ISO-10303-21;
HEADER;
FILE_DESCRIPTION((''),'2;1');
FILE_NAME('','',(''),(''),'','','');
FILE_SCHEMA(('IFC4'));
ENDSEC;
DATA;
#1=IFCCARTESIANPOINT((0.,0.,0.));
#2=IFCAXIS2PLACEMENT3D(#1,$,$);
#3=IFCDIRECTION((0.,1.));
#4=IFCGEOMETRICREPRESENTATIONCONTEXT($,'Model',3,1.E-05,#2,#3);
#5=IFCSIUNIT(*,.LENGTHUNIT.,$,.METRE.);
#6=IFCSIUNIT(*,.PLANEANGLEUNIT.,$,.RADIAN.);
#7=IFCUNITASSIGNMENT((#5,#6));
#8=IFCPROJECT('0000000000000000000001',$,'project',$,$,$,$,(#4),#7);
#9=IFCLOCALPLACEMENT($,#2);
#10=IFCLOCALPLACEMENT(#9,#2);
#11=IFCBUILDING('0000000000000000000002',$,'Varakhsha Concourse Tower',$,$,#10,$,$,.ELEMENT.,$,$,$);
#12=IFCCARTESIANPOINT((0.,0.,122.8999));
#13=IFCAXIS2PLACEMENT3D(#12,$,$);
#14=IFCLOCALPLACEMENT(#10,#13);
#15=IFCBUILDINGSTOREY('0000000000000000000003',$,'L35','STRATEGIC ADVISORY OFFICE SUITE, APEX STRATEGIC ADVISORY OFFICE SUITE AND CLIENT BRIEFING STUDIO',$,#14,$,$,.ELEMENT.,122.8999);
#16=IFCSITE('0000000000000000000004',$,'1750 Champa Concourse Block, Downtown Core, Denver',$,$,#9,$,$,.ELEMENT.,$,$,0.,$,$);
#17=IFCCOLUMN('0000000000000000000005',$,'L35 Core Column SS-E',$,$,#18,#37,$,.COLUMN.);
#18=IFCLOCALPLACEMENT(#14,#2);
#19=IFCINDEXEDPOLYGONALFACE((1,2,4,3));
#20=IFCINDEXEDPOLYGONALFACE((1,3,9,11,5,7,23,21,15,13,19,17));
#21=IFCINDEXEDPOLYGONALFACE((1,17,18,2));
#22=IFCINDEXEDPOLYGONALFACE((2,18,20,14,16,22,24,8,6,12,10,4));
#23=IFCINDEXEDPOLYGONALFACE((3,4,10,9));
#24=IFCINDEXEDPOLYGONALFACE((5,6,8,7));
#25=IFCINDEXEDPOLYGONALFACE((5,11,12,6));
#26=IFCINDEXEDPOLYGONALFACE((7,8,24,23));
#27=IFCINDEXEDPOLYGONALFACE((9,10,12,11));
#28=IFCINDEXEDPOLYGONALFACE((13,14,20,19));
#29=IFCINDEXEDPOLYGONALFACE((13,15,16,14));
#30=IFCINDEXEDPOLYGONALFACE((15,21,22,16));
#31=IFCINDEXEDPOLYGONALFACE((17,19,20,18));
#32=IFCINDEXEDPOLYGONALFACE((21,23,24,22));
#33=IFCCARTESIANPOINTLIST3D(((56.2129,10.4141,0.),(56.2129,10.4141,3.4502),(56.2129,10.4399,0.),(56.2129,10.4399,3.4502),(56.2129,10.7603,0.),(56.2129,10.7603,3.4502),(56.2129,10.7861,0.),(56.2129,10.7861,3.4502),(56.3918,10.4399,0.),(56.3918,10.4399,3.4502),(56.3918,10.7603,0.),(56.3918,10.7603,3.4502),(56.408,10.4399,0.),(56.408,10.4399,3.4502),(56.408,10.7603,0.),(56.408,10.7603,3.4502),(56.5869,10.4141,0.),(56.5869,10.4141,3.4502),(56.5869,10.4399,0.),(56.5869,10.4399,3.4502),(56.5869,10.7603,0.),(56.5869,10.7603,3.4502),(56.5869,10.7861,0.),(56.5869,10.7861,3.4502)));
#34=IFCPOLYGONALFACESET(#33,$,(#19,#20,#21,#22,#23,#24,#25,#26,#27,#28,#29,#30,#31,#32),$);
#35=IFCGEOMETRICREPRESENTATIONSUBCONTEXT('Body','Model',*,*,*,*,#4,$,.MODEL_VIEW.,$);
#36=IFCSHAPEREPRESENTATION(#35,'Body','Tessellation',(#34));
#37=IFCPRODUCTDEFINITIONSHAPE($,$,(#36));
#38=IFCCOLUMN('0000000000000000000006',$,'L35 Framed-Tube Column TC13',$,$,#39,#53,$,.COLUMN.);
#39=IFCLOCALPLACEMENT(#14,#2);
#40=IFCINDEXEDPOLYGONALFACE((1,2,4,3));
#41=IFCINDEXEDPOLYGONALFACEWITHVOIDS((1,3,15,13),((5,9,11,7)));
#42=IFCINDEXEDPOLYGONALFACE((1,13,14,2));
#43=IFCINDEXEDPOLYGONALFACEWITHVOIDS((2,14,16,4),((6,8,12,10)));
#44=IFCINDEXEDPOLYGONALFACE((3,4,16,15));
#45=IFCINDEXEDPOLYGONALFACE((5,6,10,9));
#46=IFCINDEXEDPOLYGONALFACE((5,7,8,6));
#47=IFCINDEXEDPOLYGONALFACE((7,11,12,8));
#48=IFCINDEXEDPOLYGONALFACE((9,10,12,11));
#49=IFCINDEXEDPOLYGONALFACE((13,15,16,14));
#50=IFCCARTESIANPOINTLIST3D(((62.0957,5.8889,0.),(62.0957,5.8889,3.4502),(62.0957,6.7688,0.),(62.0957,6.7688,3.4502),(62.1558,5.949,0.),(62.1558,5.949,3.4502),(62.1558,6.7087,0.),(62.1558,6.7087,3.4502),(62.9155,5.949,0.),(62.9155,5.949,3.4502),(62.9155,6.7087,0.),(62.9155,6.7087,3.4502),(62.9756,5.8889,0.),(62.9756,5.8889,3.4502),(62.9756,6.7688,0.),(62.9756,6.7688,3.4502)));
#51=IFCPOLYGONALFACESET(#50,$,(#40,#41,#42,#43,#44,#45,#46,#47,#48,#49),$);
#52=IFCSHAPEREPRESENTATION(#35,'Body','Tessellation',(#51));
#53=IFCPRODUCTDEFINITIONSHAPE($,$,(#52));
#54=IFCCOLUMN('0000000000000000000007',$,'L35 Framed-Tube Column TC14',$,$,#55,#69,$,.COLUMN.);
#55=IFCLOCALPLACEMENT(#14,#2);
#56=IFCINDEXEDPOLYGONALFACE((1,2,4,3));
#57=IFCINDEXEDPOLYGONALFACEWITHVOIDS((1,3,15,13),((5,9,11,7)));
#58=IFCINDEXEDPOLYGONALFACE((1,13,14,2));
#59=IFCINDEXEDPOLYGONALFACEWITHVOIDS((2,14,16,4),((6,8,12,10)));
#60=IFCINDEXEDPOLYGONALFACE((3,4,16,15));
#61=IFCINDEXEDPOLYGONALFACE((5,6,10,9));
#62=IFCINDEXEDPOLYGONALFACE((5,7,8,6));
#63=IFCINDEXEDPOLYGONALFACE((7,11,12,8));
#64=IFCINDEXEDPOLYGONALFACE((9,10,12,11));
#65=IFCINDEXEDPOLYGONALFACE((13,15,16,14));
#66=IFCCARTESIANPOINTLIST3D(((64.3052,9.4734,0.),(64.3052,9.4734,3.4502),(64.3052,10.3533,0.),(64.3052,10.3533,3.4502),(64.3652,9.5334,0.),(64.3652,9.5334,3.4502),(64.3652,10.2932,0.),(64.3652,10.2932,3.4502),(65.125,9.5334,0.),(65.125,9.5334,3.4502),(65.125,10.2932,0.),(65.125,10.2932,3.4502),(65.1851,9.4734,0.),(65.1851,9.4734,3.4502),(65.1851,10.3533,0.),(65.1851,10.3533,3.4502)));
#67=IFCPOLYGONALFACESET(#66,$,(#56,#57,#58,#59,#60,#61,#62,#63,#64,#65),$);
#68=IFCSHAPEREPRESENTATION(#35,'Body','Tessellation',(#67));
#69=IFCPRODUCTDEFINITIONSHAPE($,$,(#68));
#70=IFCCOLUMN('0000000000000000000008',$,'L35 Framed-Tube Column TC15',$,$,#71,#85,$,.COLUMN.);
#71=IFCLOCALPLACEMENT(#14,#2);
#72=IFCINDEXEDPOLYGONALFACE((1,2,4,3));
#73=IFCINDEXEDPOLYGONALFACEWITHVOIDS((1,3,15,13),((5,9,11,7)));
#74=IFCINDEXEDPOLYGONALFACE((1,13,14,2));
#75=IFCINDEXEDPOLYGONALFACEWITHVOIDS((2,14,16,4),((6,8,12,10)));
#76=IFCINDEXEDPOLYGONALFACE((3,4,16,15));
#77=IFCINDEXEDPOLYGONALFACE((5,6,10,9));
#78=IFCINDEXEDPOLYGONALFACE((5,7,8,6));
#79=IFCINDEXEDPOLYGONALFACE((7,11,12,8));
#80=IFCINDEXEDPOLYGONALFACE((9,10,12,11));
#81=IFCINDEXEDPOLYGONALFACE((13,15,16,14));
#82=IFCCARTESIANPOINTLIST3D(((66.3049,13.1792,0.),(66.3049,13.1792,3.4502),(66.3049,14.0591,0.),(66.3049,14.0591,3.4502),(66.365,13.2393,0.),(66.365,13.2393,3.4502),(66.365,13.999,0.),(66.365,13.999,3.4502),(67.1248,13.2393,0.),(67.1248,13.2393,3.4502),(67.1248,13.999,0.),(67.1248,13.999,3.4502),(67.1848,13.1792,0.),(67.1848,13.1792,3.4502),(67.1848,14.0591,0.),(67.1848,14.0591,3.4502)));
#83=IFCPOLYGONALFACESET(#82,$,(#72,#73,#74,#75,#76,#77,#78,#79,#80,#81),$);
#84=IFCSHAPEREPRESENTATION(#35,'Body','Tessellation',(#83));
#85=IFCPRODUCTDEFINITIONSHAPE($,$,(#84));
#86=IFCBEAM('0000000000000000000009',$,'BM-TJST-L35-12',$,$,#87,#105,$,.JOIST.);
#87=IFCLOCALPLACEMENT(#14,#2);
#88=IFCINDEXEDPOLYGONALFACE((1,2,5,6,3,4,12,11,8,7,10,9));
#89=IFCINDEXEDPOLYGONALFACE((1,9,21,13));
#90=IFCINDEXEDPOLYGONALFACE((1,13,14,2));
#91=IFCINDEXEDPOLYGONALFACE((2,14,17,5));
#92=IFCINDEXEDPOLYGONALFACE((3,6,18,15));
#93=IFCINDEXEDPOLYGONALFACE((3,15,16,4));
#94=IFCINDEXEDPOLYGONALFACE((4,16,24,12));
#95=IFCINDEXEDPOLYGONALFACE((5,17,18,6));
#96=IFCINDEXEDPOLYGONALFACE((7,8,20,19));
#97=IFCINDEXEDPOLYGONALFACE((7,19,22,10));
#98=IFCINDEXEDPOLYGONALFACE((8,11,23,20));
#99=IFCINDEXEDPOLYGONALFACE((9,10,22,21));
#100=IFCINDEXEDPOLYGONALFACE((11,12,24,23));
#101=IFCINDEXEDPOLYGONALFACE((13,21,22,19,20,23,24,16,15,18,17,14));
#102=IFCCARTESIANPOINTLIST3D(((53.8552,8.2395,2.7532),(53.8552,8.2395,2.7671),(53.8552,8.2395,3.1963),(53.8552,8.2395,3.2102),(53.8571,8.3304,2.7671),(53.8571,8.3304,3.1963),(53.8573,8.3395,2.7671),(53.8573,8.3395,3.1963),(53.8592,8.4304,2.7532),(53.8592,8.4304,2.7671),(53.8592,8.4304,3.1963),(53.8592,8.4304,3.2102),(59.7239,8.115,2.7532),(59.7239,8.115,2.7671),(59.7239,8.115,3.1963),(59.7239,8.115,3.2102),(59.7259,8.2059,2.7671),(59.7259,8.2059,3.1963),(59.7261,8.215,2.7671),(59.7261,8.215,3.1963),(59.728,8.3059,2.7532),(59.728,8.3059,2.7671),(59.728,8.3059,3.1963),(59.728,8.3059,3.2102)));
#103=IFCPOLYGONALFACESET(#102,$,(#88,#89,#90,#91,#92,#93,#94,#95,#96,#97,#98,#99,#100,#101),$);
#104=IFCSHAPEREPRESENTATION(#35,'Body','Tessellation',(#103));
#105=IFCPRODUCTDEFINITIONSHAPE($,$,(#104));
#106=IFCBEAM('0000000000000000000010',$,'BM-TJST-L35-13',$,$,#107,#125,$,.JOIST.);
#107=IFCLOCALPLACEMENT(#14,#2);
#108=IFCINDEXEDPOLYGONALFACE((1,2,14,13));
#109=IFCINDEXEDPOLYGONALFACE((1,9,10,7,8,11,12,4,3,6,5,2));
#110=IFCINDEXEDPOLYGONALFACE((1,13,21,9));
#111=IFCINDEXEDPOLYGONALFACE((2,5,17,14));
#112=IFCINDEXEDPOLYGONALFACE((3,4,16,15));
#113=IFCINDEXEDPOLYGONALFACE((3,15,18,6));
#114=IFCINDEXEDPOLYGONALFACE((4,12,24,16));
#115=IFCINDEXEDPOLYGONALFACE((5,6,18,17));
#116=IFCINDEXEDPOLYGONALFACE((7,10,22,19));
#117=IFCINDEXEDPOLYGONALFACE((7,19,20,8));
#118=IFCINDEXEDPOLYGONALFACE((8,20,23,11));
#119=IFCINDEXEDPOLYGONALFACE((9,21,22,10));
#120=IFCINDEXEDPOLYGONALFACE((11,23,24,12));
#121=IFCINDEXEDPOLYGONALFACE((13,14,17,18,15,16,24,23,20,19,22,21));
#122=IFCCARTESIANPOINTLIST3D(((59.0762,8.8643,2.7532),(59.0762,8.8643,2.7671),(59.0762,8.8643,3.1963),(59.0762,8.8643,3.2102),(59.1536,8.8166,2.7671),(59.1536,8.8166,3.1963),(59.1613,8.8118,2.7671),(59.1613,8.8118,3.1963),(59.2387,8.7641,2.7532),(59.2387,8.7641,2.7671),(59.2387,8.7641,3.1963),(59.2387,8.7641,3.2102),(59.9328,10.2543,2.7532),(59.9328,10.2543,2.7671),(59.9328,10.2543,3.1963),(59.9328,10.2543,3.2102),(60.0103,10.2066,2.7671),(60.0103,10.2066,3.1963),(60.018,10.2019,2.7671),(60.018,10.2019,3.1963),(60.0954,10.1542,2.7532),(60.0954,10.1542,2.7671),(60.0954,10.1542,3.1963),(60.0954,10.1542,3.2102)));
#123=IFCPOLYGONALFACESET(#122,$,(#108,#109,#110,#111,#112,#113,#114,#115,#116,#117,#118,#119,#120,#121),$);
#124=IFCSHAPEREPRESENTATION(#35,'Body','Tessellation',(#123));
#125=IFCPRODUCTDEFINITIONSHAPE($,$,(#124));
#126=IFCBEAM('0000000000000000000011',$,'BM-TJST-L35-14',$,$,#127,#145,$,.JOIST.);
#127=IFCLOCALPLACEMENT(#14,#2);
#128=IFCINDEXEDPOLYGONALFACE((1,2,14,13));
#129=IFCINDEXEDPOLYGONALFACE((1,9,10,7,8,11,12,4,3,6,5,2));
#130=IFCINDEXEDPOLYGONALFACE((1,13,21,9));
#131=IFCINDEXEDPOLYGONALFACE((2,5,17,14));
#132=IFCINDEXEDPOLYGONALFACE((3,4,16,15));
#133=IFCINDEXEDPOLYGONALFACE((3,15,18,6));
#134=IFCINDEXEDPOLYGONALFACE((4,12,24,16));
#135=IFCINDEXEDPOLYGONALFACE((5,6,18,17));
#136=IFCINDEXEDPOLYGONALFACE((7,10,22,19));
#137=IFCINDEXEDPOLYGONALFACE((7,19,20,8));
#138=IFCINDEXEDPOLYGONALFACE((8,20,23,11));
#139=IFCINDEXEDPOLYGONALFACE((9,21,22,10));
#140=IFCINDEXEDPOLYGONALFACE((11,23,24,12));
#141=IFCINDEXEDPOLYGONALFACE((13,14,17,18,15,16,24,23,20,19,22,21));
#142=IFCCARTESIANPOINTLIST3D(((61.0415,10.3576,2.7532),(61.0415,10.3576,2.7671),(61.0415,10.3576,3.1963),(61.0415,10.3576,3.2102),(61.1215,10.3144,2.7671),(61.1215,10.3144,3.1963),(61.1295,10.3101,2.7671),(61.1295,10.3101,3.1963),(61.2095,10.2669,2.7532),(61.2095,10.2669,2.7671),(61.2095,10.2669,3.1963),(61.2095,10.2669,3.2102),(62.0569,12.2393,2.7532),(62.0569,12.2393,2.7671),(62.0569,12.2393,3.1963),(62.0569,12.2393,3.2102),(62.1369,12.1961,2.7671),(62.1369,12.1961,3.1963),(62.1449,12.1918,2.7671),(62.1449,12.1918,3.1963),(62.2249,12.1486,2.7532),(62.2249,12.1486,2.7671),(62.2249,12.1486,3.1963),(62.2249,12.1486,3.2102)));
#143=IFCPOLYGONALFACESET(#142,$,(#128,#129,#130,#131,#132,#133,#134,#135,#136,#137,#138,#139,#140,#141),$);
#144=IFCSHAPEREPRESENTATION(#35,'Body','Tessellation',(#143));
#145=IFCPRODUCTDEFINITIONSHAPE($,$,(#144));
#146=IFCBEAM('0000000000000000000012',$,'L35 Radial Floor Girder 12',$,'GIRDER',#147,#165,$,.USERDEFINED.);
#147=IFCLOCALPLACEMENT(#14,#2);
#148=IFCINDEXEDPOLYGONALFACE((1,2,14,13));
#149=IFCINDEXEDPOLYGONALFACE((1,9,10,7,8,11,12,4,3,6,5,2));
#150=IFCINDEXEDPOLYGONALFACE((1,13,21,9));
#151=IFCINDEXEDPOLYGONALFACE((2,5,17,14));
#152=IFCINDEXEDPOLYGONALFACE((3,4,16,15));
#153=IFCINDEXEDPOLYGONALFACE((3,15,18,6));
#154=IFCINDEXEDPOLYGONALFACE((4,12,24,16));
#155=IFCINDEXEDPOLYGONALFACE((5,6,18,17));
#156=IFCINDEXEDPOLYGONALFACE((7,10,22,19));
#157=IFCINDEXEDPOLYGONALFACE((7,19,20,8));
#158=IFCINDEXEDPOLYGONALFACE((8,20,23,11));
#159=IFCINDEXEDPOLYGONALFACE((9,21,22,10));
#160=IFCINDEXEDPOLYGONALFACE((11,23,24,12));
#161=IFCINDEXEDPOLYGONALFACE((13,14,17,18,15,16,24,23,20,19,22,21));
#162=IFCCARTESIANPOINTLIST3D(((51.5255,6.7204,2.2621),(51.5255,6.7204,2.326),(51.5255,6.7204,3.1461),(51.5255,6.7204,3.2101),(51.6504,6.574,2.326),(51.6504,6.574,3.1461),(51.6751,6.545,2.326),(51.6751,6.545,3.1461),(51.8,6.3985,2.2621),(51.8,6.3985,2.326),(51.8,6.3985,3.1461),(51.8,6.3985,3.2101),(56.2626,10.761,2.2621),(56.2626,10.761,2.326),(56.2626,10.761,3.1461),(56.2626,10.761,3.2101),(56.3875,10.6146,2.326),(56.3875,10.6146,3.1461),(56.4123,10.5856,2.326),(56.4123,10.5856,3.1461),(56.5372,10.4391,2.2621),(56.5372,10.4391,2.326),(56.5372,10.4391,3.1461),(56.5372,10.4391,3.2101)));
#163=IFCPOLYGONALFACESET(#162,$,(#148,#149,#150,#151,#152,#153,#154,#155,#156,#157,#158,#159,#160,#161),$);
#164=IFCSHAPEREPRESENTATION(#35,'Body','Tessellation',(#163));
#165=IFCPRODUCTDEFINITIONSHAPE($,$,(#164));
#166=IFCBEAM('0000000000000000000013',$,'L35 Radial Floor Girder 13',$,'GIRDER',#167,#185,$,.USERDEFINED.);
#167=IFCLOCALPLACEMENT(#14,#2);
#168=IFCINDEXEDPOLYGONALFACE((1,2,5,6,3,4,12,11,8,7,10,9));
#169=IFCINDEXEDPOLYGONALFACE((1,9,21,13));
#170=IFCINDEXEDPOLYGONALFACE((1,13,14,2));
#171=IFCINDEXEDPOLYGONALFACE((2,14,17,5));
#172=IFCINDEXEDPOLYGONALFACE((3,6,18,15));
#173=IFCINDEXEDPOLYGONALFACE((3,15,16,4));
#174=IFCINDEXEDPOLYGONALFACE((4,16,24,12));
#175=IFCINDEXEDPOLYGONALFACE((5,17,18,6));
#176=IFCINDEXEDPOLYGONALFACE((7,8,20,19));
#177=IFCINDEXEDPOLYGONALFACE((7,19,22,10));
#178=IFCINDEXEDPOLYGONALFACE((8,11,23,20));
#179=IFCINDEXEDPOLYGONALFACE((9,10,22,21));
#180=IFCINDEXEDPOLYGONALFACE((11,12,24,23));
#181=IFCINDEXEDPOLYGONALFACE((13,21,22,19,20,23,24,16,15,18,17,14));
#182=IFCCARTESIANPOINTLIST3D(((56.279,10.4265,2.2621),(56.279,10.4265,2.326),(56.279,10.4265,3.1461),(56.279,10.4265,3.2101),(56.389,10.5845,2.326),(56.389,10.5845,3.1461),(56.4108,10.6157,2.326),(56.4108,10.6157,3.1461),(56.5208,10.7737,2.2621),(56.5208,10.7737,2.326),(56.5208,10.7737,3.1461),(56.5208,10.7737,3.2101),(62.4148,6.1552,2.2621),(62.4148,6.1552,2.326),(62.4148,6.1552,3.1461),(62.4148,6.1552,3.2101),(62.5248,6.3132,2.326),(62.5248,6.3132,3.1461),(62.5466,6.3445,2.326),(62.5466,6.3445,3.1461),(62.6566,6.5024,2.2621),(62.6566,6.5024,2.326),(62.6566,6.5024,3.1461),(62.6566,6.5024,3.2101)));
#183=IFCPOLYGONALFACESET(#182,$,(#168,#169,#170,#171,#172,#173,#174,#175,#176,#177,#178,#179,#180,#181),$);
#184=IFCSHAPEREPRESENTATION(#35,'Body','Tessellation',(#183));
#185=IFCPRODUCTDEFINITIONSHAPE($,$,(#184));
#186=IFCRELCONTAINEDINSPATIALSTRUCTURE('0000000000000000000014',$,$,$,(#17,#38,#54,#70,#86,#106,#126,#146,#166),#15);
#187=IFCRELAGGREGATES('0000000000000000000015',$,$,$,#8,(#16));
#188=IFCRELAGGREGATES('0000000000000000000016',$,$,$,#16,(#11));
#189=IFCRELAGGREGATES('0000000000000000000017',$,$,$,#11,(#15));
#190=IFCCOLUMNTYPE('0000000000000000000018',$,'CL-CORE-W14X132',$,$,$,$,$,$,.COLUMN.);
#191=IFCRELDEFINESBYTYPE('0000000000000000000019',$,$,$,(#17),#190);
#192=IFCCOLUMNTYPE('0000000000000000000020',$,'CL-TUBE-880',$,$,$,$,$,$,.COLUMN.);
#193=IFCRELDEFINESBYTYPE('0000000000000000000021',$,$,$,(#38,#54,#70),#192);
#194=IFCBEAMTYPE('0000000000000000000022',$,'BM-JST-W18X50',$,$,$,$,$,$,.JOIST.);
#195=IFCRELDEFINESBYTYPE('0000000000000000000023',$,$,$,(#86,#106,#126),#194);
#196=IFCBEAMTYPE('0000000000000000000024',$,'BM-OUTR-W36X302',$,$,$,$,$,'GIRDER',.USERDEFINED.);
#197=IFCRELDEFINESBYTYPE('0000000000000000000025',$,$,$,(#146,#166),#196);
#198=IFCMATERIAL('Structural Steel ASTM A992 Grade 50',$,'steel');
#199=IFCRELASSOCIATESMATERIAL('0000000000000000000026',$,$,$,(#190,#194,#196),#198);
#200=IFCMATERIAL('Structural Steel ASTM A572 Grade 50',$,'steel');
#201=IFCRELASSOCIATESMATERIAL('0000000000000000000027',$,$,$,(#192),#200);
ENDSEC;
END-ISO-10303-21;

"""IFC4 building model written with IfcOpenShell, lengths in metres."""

from ifc_helpers import new_model, si_unit, direction, frame, origin, origin_2d, place, context, subcontext, project, spatial, hollow_rectangle, i_section, extrude, material, material_profile, profile_set, type_object, element, save


model = new_model("IFC4")

# Units and contexts
model_context = context("Model", 3, precision=1e-05, world=origin(), true_north=direction((0.0, 1.0)))
body_context = subcontext(model_context, "Body", "Model", "MODEL_VIEW")
ifc_project = project(units=[si_unit("LENGTHUNIT", "METRE"), si_unit("PLANEANGLEUNIT", "RADIAN")], contexts=[model_context])

# Site, building, storey
site_placement = place(None, origin())
site = spatial("IfcSite", under=ifc_project, at=site_placement, Name="1750 Champa Concourse Block, Downtown Core, Denver", CompositionType="ELEMENT", RefElevation=0.0)
building_placement = place(site_placement, origin())
building = spatial("IfcBuilding", under=site, at=building_placement, Name="Varakhsha Concourse Tower", CompositionType="ELEMENT")
storey_placement = place(building_placement, frame((0.0, 0.0, 122.8999)))
storey = spatial("IfcBuildingStorey", under=building, at=storey_placement, Name="L35", Description="STRATEGIC ADVISORY OFFICE SUITE, APEX STRATEGIC ADVISORY OFFICE SUITE AND CLIENT BRIEFING STUDIO", CompositionType="ELEMENT", Elevation=122.8999)

# Columns
ifc_material_1 = material(Name="Structural Steel ASTM A992 Grade 50", Category="steel")
ifc_material_profile_1 = material_profile(ifc_material_1, i_section(OverallWidth=0.374, OverallDepth=0.3721, WebThickness=0.0161, FlangeThickness=0.0259, at=origin_2d()), Name="W14X132")
ifc_profile_set_1 = profile_set([ifc_material_profile_1], Name="Structural Steel ASTM A992 Grade 50")
column_type_1 = type_object("IfcColumnType", Name="CL-CORE-W14X132", PredefinedType="COLUMN", material=ifc_profile_set_1)
column_placement = place(storey_placement, frame((56.3999, 10.6001, 0.0), z_axis=(0.0, 0.0, 1.0), x_axis=(1.0, 0.0, 0.0)))
element("IfcColumn", 1, at=column_placement, inside=storey, type_object=column_type_1, Name="L35 Core Column SS-E", PredefinedType="COLUMN", context=body_context, shape_type="SweptSolid", body=[
    extrude(i_section(OverallWidth=0.374, OverallDepth=0.3721, WebThickness=0.0161, FlangeThickness=0.0259, at=origin_2d()), origin(), (0.0, 0.0, 1.0), 3.4502),
])
ifc_material_2 = material(Name="Structural Steel ASTM A572 Grade 50", Category="steel")
ifc_material_profile_2 = material_profile(ifc_material_2, hollow_rectangle(XDim=0.8799, YDim=0.8799, WallThickness=0.0601, at=origin_2d()), Name="BOX 880x880x60")
ifc_profile_set_2 = profile_set([ifc_material_profile_2], Name="Structural Steel ASTM A572 Grade 50")
column_type_2 = type_object("IfcColumnType", Name="CL-TUBE-880", PredefinedType="COLUMN", material=ifc_profile_set_2)
for number, where, z_axis, x_axis, name in (
    (2, (62.5356, 6.3289, 0.0), (0.0, 0.0, 1.0), (1.0, 0.0, 0.0), "L35 Framed-Tube Column TC13"),
    (3, (64.7451, 9.9133, 0.0), (0.0, 0.0, 1.0), (1.0, 0.0, 0.0), "L35 Framed-Tube Column TC14"),
    (4, (66.7449, 13.6191, 0.0), (0.0, 0.0, 1.0), (1.0, 0.0, 0.0), "L35 Framed-Tube Column TC15"),
):
    element("IfcColumn", number, at=place(storey_placement, frame(where, z_axis=z_axis, x_axis=x_axis)), inside=storey, type_object=column_type_2, Name=name, PredefinedType="COLUMN", context=body_context, shape_type="SweptSolid", body=[
        extrude(hollow_rectangle(XDim=0.8799, YDim=0.8799, WallThickness=0.0601, at=origin_2d()), origin(), (0.0, 0.0, 1.0), 3.4502),
    ])

# Beams
ifc_material_profile_3 = material_profile(ifc_material_1, i_section(OverallWidth=0.1909, OverallDepth=0.457, WebThickness=0.009, FlangeThickness=0.0139, at=origin_2d()), Name="W18X50")
ifc_profile_set_3 = profile_set([ifc_material_profile_3], Name="Structural Steel ASTM A992 Grade 50")
beam_type_1 = type_object("IfcBeamType", Name="BM-JST-W18X50", PredefinedType="JOIST", material=ifc_profile_set_3)
beam_1_placement = place(storey_placement, frame((53.8572, 8.335, 2.9817), z_axis=(0.999775, -0.021211, 0.0), x_axis=(0.021211, 0.999775, 0.0)))
element("IfcBeam", 5, at=beam_1_placement, inside=storey, type_object=beam_type_1, Name="BM-TJST-L35-12", PredefinedType="JOIST", context=body_context, shape_type="SweptSolid", body=[
    extrude(i_section(OverallWidth=0.1909, OverallDepth=0.457, WebThickness=0.009, FlangeThickness=0.0139, at=origin_2d()), origin(), (0.0, 0.0, 1.0), 5.8701),
])
beam_2_placement = place(storey_placement, frame((59.1575, 8.8142, 2.9817), z_axis=(0.52464, 0.851324, 0.0), x_axis=(-0.851324, 0.52464, 0.0)))
element("IfcBeam", 6, at=beam_2_placement, inside=storey, type_object=beam_type_1, Name="BM-TJST-L35-13", PredefinedType="JOIST", context=body_context, shape_type="SweptSolid", body=[
    extrude(i_section(OverallWidth=0.1909, OverallDepth=0.457, WebThickness=0.009, FlangeThickness=0.0139, at=origin_2d()), origin(), (0.0, 0.0, 1.0), 1.6328),
])
beam_3_placement = place(storey_placement, frame((61.1255, 10.3123, 2.9817), z_axis=(0.474903, 0.880038, 0.0), x_axis=(-0.880038, 0.474903, 0.0)))
element("IfcBeam", 7, at=beam_3_placement, inside=storey, type_object=beam_type_1, Name="BM-TJST-L35-14", PredefinedType="JOIST", context=body_context, shape_type="SweptSolid", body=[
    extrude(i_section(OverallWidth=0.1909, OverallDepth=0.457, WebThickness=0.009, FlangeThickness=0.0139, at=origin_2d()), origin(), (0.0, 0.0, 1.0), 2.1382),
])
ifc_material_profile_4 = material_profile(ifc_material_1, i_section(OverallWidth=0.4231, OverallDepth=0.948, WebThickness=0.0381, FlangeThickness=0.064, at=origin_2d()), Name="W36X302")
ifc_profile_set_4 = profile_set([ifc_material_profile_4], Name="Structural Steel ASTM A992 Grade 50")
beam_type_2 = type_object("IfcBeamType", Name="BM-OUTR-W36X302", ElementType="GIRDER", PredefinedType="USERDEFINED", material=ifc_profile_set_4)
beam_4_placement = place(storey_placement, frame((56.3999, 10.6001, 2.7361), z_axis=(-0.760827, -0.648955, 0.0), x_axis=(0.648955, -0.760827, 0.0)))
element("IfcBeam", 8, at=beam_4_placement, inside=storey, type_object=beam_type_2, Name="L35 Radial Floor Girder 12", ObjectType="GIRDER", PredefinedType="USERDEFINED", context=body_context, shape_type="SweptSolid", body=[
    extrude(i_section(OverallWidth=0.4231, OverallDepth=0.948, WebThickness=0.0381, FlangeThickness=0.064, at=origin_2d()), origin(), (0.0, 0.0, 1.0), 6.2263),
])
beam_5_placement = place(storey_placement, frame((56.3999, 10.6001, 2.7361), z_axis=(0.820723, -0.571326, 0.0), x_axis=(0.571326, 0.820723, 0.0)))
element("IfcBeam", 9, at=beam_5_placement, inside=storey, type_object=beam_type_2, Name="L35 Radial Floor Girder 13", ObjectType="GIRDER", PredefinedType="USERDEFINED", context=body_context, shape_type="SweptSolid", body=[
    extrude(i_section(OverallWidth=0.4231, OverallDepth=0.948, WebThickness=0.0381, FlangeThickness=0.064, at=origin_2d()), origin(), (0.0, 0.0, 1.0), 7.4761),
])

save(model, "model.ifc")
